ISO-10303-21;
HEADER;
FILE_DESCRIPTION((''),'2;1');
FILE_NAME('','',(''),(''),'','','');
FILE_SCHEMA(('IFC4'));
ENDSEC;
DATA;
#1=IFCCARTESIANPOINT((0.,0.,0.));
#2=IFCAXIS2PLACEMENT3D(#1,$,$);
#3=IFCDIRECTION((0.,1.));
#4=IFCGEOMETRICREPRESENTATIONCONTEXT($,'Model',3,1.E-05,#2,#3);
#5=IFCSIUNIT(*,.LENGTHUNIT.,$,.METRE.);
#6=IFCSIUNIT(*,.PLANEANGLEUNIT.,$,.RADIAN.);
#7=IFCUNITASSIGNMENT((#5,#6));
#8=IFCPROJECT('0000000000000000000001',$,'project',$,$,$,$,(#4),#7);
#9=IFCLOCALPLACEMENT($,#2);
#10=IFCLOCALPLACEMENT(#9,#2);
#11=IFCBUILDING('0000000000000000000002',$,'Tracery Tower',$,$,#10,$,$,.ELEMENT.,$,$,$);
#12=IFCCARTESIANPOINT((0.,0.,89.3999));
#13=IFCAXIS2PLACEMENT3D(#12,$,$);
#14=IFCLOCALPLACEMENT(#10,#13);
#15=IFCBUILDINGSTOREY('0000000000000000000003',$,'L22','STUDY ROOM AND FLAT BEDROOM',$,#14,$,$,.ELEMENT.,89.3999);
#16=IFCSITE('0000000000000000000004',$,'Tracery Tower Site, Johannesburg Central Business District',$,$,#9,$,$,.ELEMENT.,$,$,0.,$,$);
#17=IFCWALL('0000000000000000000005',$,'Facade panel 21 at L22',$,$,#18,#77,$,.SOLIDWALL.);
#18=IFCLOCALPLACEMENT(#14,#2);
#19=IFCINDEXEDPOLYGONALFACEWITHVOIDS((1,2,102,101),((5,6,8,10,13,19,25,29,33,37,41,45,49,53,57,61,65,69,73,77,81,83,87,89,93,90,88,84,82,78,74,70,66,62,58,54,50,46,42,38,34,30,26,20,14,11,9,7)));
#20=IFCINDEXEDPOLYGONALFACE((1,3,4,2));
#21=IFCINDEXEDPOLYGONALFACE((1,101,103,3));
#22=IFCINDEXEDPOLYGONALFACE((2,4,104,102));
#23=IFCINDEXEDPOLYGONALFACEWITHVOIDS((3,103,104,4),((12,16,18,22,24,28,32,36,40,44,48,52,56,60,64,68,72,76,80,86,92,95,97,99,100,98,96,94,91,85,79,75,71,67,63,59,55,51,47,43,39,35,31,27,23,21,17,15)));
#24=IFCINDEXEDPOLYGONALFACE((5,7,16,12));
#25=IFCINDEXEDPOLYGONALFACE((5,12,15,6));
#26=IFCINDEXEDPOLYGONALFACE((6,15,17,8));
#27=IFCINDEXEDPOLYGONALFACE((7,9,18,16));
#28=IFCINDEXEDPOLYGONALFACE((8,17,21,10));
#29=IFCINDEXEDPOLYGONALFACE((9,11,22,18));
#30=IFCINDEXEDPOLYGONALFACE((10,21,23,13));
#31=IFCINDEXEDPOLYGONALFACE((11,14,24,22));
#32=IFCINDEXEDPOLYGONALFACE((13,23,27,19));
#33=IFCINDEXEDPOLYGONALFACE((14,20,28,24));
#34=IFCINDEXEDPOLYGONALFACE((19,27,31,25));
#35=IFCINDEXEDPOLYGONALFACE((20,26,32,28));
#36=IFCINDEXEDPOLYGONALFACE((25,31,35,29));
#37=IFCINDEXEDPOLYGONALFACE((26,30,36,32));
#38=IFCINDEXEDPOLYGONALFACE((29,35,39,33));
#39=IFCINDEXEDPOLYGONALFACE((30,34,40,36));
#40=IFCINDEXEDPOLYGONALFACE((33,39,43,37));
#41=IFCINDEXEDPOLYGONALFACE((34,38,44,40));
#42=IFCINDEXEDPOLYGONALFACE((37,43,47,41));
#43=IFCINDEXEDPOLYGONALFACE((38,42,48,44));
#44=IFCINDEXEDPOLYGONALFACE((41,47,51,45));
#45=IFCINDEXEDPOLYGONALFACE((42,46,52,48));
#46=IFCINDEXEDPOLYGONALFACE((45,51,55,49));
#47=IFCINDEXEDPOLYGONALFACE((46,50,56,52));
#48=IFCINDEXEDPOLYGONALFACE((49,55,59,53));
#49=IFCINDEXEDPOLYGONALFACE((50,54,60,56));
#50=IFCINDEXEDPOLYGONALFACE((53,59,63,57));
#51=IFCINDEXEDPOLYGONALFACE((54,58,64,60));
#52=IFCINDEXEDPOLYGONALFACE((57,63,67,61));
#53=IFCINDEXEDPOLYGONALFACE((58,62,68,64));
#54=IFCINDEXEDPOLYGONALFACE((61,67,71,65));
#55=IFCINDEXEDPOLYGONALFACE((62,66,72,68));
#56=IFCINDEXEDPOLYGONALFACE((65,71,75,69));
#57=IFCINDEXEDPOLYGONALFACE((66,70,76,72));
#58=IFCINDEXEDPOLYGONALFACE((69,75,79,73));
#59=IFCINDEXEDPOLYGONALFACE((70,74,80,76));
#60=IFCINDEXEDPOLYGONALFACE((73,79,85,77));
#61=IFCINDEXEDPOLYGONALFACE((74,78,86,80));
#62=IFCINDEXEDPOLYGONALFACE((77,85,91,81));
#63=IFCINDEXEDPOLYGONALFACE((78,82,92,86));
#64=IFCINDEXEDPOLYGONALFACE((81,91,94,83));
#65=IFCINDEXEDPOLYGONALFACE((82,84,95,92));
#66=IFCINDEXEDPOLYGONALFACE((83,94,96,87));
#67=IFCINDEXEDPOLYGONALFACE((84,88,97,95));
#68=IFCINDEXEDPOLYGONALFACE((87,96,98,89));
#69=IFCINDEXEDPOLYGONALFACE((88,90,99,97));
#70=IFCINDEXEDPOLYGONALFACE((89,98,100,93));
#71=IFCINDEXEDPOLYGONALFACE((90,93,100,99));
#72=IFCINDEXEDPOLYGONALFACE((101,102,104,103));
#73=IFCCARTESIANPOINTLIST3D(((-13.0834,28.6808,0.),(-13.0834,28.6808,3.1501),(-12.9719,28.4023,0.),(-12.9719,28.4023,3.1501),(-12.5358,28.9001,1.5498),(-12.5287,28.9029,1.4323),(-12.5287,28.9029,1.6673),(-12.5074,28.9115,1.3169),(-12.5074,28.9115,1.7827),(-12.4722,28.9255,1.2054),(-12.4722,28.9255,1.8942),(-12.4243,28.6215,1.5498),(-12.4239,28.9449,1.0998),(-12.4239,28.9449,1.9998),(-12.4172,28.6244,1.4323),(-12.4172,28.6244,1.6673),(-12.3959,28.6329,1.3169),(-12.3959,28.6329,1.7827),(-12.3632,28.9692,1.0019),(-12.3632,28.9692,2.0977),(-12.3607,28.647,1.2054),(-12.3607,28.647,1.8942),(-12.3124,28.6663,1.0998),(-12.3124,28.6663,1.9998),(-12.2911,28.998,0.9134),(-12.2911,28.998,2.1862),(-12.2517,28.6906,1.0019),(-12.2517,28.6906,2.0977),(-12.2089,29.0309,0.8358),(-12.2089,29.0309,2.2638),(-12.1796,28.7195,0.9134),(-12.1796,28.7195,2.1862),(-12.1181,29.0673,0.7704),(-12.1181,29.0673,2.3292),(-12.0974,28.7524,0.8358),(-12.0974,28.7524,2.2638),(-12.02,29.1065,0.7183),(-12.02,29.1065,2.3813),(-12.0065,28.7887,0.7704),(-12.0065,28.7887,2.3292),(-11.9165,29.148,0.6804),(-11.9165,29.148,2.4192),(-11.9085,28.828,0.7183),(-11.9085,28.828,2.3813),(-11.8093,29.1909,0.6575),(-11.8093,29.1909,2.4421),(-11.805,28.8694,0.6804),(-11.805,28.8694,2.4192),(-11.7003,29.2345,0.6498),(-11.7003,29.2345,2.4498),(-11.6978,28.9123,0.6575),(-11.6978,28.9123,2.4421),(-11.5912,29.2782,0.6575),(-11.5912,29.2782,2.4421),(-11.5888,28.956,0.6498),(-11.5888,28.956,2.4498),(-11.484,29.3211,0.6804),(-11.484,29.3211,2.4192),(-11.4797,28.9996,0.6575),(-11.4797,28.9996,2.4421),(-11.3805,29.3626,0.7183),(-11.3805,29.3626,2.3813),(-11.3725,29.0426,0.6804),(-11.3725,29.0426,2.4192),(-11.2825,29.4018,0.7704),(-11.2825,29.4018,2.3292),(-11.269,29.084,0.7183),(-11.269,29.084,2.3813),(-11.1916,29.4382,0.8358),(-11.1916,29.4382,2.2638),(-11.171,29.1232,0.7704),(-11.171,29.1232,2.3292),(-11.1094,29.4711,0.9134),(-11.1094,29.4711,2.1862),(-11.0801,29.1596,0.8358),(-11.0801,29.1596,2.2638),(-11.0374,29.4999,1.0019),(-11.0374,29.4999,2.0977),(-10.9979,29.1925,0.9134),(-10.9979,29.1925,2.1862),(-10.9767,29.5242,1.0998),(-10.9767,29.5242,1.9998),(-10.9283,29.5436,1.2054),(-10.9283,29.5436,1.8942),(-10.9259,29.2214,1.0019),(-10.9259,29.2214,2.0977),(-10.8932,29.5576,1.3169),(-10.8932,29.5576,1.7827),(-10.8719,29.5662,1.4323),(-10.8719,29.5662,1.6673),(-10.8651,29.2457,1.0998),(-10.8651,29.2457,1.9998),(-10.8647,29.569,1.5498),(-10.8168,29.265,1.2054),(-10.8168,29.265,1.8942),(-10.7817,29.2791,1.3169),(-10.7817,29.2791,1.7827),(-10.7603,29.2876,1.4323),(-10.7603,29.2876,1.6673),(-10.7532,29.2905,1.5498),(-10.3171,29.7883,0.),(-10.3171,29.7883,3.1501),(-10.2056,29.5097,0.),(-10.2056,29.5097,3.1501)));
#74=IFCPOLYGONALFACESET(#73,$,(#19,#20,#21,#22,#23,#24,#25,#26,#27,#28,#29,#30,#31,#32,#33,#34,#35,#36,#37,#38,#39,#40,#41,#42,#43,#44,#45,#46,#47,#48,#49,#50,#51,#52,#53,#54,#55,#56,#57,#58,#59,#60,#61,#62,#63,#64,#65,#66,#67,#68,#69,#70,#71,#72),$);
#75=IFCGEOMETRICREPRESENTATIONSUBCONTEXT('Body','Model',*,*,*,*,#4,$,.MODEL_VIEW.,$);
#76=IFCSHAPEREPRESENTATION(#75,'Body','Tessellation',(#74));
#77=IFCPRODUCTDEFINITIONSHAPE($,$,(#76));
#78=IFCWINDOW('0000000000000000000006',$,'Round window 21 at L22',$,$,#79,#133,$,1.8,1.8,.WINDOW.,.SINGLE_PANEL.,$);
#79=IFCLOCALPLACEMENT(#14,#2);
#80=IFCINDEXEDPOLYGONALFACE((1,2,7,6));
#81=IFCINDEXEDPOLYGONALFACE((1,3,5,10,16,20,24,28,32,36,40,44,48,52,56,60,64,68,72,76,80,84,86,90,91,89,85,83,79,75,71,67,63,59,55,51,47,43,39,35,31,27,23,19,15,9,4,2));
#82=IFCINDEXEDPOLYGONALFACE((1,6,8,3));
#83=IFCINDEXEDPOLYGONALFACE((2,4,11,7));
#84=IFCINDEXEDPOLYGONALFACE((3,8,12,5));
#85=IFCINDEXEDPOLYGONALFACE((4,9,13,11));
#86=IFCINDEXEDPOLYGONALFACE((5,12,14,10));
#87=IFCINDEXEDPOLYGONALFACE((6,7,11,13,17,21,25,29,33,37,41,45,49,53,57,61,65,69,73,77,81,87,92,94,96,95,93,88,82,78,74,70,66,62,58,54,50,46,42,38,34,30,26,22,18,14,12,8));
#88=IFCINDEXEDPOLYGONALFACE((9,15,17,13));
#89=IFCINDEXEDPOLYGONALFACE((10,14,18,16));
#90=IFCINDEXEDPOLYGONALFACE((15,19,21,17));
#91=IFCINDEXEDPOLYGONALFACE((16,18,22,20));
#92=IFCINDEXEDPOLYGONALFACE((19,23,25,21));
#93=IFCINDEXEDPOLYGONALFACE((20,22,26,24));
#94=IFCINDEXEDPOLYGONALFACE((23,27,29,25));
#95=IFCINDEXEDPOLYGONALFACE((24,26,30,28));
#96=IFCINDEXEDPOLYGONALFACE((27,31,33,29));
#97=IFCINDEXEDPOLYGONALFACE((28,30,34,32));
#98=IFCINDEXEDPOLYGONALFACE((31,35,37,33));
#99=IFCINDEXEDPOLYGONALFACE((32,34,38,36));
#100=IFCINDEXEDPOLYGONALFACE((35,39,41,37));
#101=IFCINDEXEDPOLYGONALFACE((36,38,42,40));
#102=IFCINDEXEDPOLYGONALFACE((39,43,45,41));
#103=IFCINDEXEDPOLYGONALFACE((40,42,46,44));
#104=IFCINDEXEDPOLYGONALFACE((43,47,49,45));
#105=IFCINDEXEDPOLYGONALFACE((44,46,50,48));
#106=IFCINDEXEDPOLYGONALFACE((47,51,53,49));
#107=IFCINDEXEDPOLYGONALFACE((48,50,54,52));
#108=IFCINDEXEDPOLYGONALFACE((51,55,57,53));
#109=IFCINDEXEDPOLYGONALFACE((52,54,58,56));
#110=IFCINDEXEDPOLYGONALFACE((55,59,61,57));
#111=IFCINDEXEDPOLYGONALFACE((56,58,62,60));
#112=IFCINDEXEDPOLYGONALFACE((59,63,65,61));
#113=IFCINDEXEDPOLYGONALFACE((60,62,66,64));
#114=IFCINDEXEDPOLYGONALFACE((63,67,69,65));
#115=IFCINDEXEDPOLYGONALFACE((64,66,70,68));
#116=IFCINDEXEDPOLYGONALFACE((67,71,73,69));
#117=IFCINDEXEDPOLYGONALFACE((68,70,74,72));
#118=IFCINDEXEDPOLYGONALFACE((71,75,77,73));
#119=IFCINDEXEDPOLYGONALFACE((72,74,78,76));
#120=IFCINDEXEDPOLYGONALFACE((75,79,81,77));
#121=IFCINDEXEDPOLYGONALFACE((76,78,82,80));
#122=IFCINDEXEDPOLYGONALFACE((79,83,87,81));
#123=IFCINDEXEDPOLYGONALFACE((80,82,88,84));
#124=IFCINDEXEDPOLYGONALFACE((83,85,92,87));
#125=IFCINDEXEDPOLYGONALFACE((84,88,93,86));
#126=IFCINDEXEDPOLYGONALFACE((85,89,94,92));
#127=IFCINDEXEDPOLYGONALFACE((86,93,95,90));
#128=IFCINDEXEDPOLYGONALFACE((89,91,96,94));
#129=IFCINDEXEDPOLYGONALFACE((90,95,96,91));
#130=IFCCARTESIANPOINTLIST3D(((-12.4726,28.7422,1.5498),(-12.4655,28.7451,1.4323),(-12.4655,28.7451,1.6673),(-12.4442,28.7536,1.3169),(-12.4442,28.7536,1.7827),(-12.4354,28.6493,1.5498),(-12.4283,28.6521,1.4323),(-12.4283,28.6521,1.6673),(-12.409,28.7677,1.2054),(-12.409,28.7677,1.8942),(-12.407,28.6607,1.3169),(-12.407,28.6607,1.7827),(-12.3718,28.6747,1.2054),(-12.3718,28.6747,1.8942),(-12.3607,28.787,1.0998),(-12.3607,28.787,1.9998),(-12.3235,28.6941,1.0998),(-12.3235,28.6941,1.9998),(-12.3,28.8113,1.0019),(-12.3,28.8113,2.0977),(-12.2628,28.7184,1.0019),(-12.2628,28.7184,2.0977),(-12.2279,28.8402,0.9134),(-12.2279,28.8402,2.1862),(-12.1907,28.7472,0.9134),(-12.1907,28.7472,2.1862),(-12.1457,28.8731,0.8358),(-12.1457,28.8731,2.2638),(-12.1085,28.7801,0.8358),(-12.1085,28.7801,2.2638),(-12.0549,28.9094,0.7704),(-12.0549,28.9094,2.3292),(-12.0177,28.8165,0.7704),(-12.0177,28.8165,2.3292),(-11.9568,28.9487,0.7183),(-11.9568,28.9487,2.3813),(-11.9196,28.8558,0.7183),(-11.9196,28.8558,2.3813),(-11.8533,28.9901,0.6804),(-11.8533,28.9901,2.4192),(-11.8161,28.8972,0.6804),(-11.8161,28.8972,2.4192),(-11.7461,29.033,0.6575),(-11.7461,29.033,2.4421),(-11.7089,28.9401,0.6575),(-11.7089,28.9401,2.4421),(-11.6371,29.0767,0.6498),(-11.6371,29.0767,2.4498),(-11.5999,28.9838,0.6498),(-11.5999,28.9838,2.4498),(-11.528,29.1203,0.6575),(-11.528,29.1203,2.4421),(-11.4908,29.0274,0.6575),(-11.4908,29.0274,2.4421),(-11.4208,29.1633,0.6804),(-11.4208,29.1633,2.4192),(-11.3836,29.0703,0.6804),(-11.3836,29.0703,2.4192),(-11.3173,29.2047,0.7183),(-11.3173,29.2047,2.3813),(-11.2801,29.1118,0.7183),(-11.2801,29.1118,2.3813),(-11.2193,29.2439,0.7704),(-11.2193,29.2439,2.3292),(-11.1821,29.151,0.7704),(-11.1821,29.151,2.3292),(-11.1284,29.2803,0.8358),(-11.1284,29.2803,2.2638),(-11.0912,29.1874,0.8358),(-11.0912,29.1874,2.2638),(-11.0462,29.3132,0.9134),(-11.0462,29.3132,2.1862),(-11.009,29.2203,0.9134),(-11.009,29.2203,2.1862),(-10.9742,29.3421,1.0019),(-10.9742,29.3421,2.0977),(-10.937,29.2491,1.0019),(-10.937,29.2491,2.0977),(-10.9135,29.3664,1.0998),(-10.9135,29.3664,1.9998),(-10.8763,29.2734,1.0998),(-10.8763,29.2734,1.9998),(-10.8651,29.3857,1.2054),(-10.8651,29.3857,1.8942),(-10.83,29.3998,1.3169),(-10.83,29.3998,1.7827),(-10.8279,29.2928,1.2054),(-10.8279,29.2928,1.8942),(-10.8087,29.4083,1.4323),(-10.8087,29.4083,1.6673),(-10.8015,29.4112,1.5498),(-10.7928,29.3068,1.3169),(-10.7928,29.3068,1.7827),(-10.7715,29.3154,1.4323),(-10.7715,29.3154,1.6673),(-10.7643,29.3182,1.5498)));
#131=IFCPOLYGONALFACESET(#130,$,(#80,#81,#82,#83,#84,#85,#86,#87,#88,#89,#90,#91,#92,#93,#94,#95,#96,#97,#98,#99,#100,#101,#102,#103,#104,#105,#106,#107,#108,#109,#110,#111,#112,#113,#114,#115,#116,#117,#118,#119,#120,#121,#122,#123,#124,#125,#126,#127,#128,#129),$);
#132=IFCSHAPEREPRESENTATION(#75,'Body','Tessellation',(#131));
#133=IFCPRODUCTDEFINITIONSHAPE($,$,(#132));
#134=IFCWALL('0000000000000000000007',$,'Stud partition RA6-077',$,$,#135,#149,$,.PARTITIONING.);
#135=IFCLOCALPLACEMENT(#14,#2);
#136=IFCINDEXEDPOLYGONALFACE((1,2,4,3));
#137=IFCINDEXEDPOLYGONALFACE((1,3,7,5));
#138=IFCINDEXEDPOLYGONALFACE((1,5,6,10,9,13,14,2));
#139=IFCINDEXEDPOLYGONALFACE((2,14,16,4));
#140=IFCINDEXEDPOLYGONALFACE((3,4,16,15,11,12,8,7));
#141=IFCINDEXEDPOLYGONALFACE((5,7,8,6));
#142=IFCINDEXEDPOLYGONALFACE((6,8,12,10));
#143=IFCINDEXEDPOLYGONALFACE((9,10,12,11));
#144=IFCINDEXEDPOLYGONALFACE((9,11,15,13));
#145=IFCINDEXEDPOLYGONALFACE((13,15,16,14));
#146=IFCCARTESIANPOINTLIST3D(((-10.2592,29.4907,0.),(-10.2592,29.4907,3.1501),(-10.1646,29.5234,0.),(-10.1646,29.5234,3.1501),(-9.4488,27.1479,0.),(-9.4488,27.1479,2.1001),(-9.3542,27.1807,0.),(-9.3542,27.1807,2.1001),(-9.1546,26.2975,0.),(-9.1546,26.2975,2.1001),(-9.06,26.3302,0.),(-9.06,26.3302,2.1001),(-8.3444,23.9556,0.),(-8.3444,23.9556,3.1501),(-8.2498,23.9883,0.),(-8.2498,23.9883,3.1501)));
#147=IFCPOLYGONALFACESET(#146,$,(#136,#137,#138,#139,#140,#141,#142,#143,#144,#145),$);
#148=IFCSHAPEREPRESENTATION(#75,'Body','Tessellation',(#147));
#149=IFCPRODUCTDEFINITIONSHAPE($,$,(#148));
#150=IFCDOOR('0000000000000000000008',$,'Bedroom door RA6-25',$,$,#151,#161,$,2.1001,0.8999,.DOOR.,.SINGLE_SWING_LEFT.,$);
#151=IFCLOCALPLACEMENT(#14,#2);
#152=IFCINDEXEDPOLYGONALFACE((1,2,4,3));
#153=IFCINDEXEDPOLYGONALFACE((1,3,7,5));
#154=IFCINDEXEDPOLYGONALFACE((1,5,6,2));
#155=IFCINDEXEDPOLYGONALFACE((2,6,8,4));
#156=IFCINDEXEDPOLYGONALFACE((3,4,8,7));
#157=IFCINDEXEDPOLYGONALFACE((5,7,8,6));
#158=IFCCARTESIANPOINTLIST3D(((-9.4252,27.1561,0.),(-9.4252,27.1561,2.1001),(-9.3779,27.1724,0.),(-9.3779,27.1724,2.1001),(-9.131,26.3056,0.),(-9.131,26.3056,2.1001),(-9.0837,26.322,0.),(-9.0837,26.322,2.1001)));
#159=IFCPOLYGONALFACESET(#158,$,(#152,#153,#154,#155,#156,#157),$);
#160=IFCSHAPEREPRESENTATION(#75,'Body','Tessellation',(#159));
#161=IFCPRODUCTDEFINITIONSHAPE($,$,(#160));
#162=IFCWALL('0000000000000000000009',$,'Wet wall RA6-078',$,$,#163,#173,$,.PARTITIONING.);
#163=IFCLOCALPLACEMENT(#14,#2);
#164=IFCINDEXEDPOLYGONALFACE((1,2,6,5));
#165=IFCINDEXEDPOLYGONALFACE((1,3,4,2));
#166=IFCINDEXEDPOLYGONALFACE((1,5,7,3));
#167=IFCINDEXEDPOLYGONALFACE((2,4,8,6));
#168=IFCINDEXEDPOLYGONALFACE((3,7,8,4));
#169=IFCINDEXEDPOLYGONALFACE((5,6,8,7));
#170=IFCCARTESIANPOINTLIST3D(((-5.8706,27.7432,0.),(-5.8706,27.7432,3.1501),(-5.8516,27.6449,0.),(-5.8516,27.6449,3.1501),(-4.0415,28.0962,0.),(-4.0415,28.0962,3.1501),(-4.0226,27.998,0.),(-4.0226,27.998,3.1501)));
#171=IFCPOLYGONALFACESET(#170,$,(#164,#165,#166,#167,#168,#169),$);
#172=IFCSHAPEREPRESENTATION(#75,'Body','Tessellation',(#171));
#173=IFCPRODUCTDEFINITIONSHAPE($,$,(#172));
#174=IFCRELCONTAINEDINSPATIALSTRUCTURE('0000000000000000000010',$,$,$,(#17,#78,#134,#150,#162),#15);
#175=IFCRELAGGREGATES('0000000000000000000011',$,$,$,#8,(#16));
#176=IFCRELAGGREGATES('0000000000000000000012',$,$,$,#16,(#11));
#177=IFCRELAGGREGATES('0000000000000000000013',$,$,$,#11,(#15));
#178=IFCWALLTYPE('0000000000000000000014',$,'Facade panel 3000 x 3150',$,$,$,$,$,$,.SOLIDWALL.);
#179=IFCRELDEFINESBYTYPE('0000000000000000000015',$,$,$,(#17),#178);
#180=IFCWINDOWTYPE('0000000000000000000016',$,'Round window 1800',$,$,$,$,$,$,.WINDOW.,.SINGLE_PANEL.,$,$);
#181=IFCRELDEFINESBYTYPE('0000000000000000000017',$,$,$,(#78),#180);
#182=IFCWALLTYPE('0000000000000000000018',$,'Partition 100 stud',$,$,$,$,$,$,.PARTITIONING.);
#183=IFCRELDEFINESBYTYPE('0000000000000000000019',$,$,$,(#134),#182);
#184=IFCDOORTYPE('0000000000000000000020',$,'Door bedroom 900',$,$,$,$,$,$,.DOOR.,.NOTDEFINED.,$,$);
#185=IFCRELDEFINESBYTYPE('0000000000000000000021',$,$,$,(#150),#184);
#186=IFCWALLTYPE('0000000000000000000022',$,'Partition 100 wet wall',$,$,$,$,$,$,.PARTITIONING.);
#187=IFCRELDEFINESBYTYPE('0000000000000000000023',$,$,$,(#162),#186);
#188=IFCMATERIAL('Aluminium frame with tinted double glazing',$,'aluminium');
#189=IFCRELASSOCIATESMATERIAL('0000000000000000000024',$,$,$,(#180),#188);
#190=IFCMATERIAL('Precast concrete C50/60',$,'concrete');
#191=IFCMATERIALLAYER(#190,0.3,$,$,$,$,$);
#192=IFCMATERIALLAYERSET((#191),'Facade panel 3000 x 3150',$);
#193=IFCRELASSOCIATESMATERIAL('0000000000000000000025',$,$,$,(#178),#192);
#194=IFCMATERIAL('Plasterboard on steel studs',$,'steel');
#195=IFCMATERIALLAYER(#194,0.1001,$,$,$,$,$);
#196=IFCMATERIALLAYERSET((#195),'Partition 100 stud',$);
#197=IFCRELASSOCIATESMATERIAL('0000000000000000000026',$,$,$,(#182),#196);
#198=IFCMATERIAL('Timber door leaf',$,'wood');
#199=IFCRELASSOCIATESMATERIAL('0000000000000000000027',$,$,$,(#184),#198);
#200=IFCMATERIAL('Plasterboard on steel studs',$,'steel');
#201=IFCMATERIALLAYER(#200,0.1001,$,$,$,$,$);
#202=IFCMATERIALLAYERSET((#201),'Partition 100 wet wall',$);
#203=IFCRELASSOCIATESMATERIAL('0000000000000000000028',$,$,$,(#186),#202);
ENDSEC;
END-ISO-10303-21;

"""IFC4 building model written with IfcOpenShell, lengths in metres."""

from ifc_helpers import new_model, si_unit, direction, frame, frame_2d, origin, origin_2d, place, context, subcontext, project, spatial, rectangle, circle, extrude, material, layer, layer_set, type_object, element, fill, save


model = new_model("IFC4")

# Units and contexts
model_context = context("Model", 3, precision=1e-05, world=origin(), true_north=direction((0.0, 1.0)))
body_context = subcontext(model_context, "Body", "Model", "MODEL_VIEW")
ifc_project = project(units=[si_unit("LENGTHUNIT", "METRE"), si_unit("PLANEANGLEUNIT", "RADIAN")], contexts=[model_context])

# Site, building, storey
site_placement = place(None, origin())
site = spatial("IfcSite", under=ifc_project, at=site_placement, Name="Tracery Tower Site, Johannesburg Central Business District", CompositionType="ELEMENT", RefElevation=0.0)
building_placement = place(site_placement, origin())
building = spatial("IfcBuilding", under=site, at=building_placement, Name="Tracery Tower", CompositionType="ELEMENT")
storey_placement = place(building_placement, frame((0.0, 0.0, 89.3999)))
storey = spatial("IfcBuildingStorey", under=building, at=storey_placement, Name="L22", Description="STUDY ROOM AND FLAT BEDROOM", CompositionType="ELEMENT", Elevation=89.3999)

# Wall, opening, window
ifc_material_1 = material(Name="Aluminium frame with tinted double glazing", Category="aluminium")
window_type = type_object("IfcWindowType", Name="Round window 1800", PartitioningType="SINGLE_PANEL", PredefinedType="WINDOW", material=ifc_material_1)
ifc_material_2 = material(Name="Precast concrete C50/60", Category="concrete")
ifc_layer_1 = layer(ifc_material_2, 0.3)
ifc_layer_set_1 = layer_set([ifc_layer_1], Name="Facade panel 3000 x 3150")
wall_type_1 = type_object("IfcWallType", Name="Facade panel 3000 x 3150", PredefinedType="SOLIDWALL", material=ifc_layer_set_1)
wall_1_placement = place(storey_placement, frame((-10.2615, 29.6489, 0.0), z_axis=(0.0, 0.0, 1.0), x_axis=(-0.928375, -0.371645, 0.0)))
wall_1 = element("IfcWall", 1, at=wall_1_placement, inside=storey, type_object=wall_type_1, Name="Facade panel 21 at L22", PredefinedType="SOLIDWALL", context=body_context, shape_type="SweptSolid", body=[
    extrude(rectangle(XDim=2.9797, YDim=0.3, at=frame_2d((1.4897, 0.0))), origin(), (0.0, 0.0, 1.0), 3.1501),
])
opening_1_placement = place(wall_1_placement, frame((1.4897, 0.0, 1.5498)))
opening_1 = element("IfcOpeningElement", 2, at=opening_1_placement, cuts=wall_1, PredefinedType="OPENING", context=body_context, shape_type="SweptSolid", body=[
    extrude(circle(Radius=0.9, at=origin_2d()), frame((0.0, 0.1599, 0.0), z_axis=(0.0, -1.0, 0.0), x_axis=(1.0, 0.0, 0.0)), (0.0, 0.0, 1.0), 0.3201),
])
window_1_placement = place(opening_1_placement, origin())
window_1 = element("IfcWindow", 3, at=window_1_placement, inside=storey, type_object=window_type, Name="Round window 21 at L22", OverallHeight=1.8, OverallWidth=1.8, PartitioningType="SINGLE_PANEL", PredefinedType="WINDOW", context=body_context, shape_type="SweptSolid", body=[
    extrude(circle(Radius=0.9, at=origin_2d()), frame((0.0, 0.1201, 0.0), z_axis=(0.0, -1.0, 0.0), x_axis=(1.0, 0.0, 0.0)), (0.0, 0.0, 1.0), 0.1001),
])
fill(opening_1, window_1)

# Wall, opening, door
ifc_material_3 = material(Name="Plasterboard on steel studs", Category="steel")
ifc_layer_2 = layer(ifc_material_3, 0.1001)
ifc_layer_set_2 = layer_set([ifc_layer_2], Name="Partition 100 stud")
wall_type_2 = type_object("IfcWallType", Name="Partition 100 stud", PredefinedType="PARTITIONING", material=ifc_layer_set_2)
wall_2_placement = place(storey_placement, frame((-10.2119, 29.5071, 0.0), z_axis=(0.0, 0.0, 1.0), x_axis=(0.326924, -0.94505, 0.0)))
wall_2 = element("IfcWall", 4, at=wall_2_placement, inside=storey, type_object=wall_type_2, Name="Stud partition RA6-077", PredefinedType="PARTITIONING", context=body_context, shape_type="SweptSolid", body=[
    extrude(rectangle(XDim=5.8569, YDim=0.1001, at=frame_2d((2.9285, 0.0))), origin(), (0.0, 0.0, 1.0), 3.1501),
])
opening_2_placement = place(wall_2_placement, frame((2.479, 0.0, 0.0)))
opening_2 = element("IfcOpeningElement", 5, at=opening_2_placement, cuts=wall_2, PredefinedType="OPENING", context=body_context, shape_type="SweptSolid", body=[
    extrude(rectangle(XDim=0.8999, YDim=2.1001, at=frame_2d((0.45, 1.05))), frame((0.0, 0.05, 0.0), z_axis=(0.0, -1.0, 0.0), x_axis=(1.0, 0.0, 0.0)), (0.0, 0.0, 1.0), 0.1001),
])
ifc_material_4 = material(Name="Timber door leaf", Category="wood")
door_type_1 = type_object("IfcDoorType", Name="Door bedroom 900", OperationType="NOTDEFINED", PredefinedType="DOOR", material=ifc_material_4)
door_1_placement = place(opening_2_placement, origin())
door_1 = element("IfcDoor", 6, at=door_1_placement, inside=storey, type_object=door_type_1, Name="Bedroom door RA6-25", OperationType="SINGLE_SWING_LEFT", OverallHeight=2.1001, OverallWidth=0.8999, PredefinedType="DOOR", context=body_context, shape_type="SweptSolid", body=[
    extrude(rectangle(XDim=0.8999, YDim=2.1001, at=frame_2d((0.45, 1.05))), frame((0.0, 0.0249, 0.0), z_axis=(0.0, -1.0, 0.0), x_axis=(1.0, 0.0, 0.0)), (0.0, 0.0, 1.0), 0.05),
])
fill(opening_2, door_1)

# Wall
ifc_material_5 = material(Name="Plasterboard on steel studs", Category="steel")
ifc_layer_3 = layer(ifc_material_5, 0.1001)
ifc_layer_set_3 = layer_set([ifc_layer_3], Name="Partition 100 wet wall")
wall_type_3 = type_object("IfcWallType", Name="Partition 100 wet wall", PredefinedType="PARTITIONING", material=ifc_layer_set_3)
wall_3_placement = place(storey_placement, frame((-5.8611, 27.6941, 0.0), z_axis=(0.0, 0.0, 1.0), x_axis=(0.981879, 0.189508, 0.0)))
element("IfcWall", 7, at=wall_3_placement, inside=storey, type_object=wall_type_3, Name="Wet wall RA6-078", PredefinedType="PARTITIONING", context=body_context, shape_type="SweptSolid", body=[
    extrude(rectangle(XDim=1.8628, YDim=0.1001, at=frame_2d((0.9314, 0.0))), origin(), (0.0, 0.0, 1.0), 3.1501),
])

save(model, "model.ifc")
